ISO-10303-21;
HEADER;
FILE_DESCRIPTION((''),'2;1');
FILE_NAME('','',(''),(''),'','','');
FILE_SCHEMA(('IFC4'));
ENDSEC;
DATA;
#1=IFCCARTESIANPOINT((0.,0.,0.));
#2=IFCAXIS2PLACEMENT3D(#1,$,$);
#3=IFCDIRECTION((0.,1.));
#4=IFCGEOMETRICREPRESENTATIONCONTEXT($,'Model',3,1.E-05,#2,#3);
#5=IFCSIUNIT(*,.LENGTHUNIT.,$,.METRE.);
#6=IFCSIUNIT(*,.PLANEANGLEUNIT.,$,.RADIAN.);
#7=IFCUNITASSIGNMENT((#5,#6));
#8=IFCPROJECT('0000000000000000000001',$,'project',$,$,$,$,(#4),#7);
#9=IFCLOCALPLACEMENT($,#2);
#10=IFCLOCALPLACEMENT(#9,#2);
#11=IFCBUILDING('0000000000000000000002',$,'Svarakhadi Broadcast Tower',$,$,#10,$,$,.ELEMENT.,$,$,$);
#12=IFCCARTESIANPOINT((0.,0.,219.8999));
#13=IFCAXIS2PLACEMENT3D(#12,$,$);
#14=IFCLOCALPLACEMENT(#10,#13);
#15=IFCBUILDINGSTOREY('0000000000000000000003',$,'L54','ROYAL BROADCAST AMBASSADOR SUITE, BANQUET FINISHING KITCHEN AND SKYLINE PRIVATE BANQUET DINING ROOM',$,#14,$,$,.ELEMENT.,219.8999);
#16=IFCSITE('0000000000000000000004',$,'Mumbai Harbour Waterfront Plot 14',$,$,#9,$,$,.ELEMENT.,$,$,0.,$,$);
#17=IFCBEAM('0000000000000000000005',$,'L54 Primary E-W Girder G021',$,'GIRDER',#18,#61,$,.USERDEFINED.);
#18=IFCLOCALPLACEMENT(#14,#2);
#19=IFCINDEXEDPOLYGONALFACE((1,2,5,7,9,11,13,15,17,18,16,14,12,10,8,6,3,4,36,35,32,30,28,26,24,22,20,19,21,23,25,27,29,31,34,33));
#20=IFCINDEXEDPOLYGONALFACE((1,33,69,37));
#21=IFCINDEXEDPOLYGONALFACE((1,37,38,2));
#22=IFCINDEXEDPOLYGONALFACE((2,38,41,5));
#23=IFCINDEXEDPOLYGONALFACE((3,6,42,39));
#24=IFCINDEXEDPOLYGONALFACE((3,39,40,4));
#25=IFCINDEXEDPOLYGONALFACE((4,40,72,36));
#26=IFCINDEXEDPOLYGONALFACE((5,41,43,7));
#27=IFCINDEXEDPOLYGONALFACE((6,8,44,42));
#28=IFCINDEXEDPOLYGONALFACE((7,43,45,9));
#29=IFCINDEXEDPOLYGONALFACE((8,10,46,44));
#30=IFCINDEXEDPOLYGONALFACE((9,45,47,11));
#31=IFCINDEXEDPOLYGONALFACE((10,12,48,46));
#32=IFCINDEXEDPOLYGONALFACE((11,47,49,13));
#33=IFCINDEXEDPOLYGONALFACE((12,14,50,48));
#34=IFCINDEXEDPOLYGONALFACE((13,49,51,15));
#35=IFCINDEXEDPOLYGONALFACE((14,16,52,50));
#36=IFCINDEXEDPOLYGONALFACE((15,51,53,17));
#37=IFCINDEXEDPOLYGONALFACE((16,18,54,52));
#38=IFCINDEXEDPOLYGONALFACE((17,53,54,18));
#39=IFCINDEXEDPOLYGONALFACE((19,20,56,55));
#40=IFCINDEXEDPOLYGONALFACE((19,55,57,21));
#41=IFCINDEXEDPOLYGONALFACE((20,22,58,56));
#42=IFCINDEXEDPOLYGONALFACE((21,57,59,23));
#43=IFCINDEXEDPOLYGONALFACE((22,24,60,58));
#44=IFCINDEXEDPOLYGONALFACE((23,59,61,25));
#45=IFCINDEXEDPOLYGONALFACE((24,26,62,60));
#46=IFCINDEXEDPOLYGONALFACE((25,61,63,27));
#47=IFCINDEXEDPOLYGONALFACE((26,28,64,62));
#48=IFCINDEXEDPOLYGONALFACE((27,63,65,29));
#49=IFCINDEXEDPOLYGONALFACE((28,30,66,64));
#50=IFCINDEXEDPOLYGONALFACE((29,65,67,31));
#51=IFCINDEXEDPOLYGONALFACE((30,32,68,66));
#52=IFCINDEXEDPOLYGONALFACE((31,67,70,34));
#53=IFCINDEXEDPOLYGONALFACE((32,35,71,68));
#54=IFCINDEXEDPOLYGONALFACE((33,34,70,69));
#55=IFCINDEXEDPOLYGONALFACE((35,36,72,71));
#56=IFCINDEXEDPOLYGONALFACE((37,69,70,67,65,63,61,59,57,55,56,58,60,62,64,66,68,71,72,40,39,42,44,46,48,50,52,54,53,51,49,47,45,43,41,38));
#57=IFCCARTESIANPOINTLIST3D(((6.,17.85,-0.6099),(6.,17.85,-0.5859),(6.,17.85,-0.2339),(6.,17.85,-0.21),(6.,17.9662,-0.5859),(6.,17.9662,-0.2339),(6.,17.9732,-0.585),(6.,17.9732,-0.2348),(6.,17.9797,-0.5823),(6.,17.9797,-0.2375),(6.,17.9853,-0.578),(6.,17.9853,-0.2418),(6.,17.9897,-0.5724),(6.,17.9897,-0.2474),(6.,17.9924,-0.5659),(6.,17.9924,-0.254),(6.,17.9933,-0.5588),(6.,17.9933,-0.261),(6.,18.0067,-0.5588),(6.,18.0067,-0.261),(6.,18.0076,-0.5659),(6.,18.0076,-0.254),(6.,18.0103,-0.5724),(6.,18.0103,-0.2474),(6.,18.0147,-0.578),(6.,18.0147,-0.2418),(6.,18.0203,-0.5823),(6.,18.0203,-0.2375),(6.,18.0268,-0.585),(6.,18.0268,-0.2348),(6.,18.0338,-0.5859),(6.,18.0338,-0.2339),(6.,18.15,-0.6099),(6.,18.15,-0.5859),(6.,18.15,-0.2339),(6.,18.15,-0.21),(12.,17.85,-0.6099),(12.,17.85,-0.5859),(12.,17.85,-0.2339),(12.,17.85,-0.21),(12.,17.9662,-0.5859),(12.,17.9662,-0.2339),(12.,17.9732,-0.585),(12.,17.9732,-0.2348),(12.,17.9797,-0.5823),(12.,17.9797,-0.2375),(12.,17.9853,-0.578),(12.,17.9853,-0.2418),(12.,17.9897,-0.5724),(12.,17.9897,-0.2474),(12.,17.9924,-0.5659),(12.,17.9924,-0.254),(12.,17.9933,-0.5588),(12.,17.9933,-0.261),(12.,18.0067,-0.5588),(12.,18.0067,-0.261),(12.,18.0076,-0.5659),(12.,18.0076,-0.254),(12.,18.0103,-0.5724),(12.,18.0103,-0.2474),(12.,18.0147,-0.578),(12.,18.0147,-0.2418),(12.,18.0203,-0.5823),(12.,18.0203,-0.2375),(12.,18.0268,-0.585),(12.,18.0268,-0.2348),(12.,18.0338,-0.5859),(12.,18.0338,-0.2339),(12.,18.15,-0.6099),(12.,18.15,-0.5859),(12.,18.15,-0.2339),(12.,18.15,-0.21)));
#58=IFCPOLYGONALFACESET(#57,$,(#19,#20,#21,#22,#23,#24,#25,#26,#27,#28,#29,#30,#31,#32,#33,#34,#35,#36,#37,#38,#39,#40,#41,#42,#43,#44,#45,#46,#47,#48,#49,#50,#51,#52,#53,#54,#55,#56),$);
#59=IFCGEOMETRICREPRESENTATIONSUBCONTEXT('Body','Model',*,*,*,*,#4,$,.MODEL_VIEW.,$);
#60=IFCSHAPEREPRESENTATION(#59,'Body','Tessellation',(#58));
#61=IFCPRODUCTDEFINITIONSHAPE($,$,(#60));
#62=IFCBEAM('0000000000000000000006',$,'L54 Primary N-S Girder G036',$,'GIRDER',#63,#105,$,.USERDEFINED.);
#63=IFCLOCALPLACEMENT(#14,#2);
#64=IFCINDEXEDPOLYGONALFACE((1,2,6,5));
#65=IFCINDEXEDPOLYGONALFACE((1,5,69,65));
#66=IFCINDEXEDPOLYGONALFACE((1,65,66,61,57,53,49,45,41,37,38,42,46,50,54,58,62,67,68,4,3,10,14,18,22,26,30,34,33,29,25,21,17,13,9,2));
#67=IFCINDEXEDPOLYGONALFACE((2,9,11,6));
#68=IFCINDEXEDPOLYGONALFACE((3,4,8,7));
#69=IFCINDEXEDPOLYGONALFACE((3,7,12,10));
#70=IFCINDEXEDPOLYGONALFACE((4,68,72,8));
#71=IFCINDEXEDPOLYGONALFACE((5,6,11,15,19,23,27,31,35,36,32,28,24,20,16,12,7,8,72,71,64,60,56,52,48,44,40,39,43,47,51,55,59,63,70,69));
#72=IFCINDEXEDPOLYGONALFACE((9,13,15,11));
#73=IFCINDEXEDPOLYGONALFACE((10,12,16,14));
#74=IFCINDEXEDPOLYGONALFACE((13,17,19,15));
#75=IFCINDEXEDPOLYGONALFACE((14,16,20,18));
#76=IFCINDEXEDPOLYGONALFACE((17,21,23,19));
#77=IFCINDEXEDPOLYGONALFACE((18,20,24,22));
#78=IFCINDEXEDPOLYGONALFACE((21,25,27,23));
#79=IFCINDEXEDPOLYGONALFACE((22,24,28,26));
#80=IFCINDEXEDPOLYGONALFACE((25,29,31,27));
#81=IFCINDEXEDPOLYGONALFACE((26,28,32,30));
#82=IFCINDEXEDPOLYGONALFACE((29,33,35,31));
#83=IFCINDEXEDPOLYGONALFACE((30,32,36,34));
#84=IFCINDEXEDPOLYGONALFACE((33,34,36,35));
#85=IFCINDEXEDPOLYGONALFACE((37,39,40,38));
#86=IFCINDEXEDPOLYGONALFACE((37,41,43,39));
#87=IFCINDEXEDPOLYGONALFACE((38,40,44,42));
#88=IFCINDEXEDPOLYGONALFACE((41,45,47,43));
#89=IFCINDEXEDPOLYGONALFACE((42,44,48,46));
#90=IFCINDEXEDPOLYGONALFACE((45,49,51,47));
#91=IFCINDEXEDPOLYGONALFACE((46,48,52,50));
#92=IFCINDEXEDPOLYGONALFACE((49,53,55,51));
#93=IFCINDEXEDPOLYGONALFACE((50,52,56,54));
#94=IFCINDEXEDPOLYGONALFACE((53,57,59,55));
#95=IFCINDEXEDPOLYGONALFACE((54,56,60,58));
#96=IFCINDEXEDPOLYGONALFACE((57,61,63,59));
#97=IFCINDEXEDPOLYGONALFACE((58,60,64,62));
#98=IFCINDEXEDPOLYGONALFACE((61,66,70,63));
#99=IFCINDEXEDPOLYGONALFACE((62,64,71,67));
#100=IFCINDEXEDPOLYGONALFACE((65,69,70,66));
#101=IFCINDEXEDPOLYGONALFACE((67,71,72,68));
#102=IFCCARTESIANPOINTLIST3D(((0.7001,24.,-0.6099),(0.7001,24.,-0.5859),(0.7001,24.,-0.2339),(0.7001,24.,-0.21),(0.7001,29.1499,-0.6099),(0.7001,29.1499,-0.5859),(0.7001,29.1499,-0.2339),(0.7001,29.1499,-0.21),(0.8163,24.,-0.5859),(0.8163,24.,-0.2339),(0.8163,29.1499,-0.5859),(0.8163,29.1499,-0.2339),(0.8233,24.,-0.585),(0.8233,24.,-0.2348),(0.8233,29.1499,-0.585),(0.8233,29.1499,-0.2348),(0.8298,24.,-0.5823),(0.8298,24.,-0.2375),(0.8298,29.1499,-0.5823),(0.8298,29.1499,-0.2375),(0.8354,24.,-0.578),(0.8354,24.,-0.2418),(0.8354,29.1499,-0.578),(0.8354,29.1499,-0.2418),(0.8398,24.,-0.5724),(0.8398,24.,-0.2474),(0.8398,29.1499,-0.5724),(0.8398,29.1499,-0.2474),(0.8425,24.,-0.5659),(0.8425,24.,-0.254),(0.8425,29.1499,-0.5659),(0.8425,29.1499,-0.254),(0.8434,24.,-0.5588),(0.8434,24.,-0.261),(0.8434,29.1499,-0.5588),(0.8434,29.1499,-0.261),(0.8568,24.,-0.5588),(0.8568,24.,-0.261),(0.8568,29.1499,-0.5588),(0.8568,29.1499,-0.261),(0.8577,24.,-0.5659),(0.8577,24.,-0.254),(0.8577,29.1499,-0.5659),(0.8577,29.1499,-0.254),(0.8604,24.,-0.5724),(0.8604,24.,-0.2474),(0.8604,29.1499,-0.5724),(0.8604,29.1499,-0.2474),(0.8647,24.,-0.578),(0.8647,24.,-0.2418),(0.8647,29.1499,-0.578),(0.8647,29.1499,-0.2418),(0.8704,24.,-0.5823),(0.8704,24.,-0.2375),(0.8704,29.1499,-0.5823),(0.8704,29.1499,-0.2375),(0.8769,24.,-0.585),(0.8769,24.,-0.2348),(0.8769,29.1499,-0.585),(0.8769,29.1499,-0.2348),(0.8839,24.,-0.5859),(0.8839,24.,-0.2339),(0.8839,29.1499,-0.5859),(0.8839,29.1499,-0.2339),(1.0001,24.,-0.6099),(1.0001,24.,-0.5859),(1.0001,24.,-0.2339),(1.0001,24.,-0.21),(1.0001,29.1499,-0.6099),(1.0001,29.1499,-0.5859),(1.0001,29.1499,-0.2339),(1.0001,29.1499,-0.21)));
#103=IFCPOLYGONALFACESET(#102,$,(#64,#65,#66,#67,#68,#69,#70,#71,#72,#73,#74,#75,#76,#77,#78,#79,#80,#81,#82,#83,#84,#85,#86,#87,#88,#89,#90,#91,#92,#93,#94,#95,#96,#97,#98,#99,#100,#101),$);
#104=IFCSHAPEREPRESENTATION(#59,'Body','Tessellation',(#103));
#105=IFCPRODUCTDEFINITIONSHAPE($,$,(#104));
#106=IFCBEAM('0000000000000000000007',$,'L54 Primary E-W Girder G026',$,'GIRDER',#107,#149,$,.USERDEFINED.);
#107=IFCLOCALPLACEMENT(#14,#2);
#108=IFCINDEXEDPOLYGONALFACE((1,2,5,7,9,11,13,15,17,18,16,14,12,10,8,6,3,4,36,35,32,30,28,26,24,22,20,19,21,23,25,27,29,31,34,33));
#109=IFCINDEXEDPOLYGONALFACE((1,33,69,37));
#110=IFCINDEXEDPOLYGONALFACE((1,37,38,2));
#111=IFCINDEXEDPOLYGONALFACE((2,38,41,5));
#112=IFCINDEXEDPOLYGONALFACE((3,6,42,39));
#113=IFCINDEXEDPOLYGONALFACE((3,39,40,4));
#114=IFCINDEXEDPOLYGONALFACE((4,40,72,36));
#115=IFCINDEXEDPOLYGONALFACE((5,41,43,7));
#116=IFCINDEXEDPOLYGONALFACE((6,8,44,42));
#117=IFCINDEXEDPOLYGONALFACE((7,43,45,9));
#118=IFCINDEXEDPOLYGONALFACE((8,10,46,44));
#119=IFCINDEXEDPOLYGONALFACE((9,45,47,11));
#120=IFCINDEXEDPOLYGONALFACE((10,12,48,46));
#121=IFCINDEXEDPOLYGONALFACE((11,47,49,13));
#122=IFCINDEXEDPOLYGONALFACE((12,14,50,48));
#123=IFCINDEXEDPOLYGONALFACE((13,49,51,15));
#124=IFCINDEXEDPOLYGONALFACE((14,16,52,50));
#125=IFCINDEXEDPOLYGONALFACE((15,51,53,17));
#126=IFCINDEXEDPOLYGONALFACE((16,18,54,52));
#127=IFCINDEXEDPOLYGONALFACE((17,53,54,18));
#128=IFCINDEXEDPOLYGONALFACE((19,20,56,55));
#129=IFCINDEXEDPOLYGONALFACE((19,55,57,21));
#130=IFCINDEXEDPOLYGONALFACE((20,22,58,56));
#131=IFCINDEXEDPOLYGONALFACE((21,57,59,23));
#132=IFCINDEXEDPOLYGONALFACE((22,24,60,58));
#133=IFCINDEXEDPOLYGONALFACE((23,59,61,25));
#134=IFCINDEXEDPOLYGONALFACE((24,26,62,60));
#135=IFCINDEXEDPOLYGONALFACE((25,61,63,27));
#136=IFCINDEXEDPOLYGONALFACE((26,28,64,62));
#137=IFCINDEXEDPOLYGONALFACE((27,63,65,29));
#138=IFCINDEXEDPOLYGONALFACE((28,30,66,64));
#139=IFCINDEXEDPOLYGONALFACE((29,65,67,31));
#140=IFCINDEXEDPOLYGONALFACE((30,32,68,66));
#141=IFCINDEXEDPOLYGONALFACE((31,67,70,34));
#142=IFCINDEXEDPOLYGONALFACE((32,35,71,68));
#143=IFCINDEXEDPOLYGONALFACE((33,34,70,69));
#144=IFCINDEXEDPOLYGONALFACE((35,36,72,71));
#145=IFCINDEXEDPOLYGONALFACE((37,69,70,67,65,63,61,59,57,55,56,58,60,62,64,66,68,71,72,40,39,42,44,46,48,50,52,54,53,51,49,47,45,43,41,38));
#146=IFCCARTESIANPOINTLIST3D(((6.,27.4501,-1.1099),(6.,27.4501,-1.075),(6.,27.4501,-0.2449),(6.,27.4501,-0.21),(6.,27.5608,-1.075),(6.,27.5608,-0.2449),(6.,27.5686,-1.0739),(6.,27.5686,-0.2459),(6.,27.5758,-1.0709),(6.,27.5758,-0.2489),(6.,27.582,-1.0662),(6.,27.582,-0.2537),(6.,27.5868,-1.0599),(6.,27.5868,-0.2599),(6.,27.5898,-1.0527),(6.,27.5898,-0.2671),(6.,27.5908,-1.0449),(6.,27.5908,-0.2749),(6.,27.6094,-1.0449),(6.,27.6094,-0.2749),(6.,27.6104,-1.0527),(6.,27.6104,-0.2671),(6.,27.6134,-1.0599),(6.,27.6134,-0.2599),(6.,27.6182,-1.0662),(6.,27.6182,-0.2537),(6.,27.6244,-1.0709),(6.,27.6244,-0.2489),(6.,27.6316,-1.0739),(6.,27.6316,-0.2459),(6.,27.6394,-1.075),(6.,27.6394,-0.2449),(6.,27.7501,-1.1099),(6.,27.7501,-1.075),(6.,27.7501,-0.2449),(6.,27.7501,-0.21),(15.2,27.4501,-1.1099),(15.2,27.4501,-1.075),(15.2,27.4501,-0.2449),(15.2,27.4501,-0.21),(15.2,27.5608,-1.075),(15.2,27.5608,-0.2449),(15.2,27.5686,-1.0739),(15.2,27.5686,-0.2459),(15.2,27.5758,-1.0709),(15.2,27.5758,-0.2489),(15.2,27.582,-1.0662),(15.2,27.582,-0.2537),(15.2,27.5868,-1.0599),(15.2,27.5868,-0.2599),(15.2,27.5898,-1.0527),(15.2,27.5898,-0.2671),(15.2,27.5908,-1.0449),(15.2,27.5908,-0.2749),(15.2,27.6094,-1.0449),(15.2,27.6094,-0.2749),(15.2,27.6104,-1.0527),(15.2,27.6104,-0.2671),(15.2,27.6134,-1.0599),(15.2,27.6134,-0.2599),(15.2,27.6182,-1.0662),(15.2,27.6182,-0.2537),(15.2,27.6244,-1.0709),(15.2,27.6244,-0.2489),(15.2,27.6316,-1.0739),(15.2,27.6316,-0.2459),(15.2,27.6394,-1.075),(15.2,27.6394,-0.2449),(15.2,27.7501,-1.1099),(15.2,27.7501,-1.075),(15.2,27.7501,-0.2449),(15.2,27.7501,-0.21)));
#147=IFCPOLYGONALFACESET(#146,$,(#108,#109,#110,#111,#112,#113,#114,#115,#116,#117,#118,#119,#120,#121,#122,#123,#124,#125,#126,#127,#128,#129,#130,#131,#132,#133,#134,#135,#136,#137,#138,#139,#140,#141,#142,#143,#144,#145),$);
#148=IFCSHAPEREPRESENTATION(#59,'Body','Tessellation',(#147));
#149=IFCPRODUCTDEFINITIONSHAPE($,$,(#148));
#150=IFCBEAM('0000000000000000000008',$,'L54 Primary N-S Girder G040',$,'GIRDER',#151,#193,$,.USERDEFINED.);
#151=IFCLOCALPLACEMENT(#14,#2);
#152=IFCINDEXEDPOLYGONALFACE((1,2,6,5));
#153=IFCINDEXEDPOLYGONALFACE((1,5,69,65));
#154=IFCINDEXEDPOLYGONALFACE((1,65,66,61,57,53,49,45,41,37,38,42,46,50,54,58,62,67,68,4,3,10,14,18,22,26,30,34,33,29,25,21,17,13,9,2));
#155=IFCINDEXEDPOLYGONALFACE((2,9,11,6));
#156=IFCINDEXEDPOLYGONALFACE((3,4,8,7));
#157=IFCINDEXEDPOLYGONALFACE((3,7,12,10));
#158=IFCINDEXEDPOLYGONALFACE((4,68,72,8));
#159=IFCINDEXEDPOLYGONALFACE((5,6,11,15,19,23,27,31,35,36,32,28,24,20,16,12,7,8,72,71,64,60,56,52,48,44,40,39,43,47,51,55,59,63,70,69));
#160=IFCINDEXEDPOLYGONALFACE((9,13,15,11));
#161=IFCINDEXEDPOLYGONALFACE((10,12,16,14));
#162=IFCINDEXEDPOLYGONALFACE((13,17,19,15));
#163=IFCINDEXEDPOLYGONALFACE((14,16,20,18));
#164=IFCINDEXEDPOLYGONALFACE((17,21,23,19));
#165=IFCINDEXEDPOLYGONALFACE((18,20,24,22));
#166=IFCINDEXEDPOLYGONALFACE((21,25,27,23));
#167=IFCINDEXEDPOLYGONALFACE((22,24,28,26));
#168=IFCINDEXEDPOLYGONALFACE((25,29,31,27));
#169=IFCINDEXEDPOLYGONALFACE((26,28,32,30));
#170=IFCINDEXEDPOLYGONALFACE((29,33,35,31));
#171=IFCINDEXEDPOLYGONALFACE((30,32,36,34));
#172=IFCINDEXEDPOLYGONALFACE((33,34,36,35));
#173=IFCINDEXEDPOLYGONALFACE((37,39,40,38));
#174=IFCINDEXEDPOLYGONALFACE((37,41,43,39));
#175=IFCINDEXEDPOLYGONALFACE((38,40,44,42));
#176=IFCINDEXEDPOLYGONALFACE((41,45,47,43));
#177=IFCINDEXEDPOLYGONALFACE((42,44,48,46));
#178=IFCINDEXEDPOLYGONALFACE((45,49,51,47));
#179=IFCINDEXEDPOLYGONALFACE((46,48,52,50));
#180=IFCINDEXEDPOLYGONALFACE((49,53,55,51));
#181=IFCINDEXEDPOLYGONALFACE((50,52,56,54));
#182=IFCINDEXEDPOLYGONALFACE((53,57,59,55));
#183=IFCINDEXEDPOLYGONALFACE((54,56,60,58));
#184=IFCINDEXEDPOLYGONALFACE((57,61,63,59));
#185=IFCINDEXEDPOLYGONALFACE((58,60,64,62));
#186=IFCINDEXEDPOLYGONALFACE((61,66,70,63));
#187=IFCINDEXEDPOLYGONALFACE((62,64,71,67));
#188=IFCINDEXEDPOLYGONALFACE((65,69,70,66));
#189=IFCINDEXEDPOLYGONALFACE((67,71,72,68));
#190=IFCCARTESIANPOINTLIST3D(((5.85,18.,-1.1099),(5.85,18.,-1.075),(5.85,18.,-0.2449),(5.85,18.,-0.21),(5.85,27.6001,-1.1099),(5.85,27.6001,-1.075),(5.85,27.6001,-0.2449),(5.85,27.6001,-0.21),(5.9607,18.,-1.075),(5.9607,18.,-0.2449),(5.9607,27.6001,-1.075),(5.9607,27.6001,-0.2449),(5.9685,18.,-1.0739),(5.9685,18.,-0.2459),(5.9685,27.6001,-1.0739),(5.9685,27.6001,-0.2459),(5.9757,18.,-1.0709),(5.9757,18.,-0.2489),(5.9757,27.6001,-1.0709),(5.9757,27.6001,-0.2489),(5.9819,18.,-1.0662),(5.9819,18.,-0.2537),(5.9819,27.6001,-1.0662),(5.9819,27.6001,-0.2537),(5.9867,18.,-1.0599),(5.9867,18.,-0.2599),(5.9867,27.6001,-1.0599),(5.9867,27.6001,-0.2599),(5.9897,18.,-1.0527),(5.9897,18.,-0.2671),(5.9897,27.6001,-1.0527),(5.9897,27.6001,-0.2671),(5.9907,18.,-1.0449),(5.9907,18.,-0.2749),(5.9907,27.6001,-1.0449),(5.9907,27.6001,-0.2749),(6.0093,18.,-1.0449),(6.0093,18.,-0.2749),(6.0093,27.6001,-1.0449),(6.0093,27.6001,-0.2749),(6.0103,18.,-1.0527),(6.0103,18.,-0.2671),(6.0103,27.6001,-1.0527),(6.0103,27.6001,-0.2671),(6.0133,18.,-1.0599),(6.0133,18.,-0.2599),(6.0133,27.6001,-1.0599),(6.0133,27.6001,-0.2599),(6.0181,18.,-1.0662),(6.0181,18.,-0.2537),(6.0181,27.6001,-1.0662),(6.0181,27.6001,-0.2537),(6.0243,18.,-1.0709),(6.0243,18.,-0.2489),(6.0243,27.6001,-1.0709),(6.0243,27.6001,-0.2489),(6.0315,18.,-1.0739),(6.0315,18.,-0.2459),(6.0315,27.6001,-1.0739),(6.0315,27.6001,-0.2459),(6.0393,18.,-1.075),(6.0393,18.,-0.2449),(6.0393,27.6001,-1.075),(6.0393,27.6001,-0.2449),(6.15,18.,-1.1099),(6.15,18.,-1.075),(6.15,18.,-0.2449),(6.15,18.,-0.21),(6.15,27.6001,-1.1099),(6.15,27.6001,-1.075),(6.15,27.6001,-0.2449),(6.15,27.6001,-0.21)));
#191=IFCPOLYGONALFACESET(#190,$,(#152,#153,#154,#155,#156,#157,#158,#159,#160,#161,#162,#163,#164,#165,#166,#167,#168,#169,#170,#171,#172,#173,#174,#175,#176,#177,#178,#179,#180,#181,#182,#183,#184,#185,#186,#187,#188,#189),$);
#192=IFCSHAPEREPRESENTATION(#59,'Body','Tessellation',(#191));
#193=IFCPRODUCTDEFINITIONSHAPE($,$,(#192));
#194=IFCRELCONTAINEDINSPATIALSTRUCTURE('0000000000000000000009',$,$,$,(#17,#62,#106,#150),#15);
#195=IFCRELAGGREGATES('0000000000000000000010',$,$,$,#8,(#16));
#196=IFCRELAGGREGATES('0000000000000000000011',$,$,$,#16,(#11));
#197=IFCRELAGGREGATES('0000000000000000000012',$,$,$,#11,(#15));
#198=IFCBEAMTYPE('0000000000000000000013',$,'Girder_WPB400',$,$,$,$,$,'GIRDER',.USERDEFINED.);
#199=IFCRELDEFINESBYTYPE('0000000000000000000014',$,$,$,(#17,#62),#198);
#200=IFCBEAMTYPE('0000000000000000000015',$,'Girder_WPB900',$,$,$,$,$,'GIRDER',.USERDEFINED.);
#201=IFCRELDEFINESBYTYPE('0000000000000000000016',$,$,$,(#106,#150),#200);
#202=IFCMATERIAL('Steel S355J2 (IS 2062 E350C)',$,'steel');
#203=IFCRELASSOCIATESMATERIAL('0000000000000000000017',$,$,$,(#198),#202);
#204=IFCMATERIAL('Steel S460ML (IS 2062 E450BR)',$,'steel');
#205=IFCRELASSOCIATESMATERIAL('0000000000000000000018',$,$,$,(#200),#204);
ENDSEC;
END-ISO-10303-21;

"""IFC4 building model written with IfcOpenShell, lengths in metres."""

from ifc_helpers import new_model, si_unit, direction, frame, origin, origin_2d, place, context, subcontext, project, spatial, i_section, extrude, material, material_profile, profile_set, type_object, element, save


model = new_model("IFC4")

# Units and contexts
model_context = context("Model", 3, precision=1e-05, world=origin(), true_north=direction((0.0, 1.0)))
body_context = subcontext(model_context, "Body", "Model", "MODEL_VIEW")
ifc_project = project(units=[si_unit("LENGTHUNIT", "METRE"), si_unit("PLANEANGLEUNIT", "RADIAN")], contexts=[model_context])

# Site, building, storey
site_placement = place(None, origin())
site = spatial("IfcSite", under=ifc_project, at=site_placement, Name="Mumbai Harbour Waterfront Plot 14", CompositionType="ELEMENT", RefElevation=0.0)
building_placement = place(site_placement, origin())
building = spatial("IfcBuilding", under=site, at=building_placement, Name="Svarakhadi Broadcast Tower", CompositionType="ELEMENT")
storey_placement = place(building_placement, frame((0.0, 0.0, 219.8999)))
storey = spatial("IfcBuildingStorey", under=building, at=storey_placement, Name="L54", Description="ROYAL BROADCAST AMBASSADOR SUITE, BANQUET FINISHING KITCHEN AND SKYLINE PRIVATE BANQUET DINING ROOM", CompositionType="ELEMENT", Elevation=219.8999)

# Shared definitions
ifc_material_1 = material(Name="Steel S460ML (IS 2062 E450BR)", Category="steel")

# Shared definitions
ifc_material_2 = material(Name="Steel S355J2 (IS 2062 E350C)", Category="steel")

# Beams
ifc_material_profile_1 = material_profile(ifc_material_2, i_section(OverallWidth=0.3, OverallDepth=0.3999, WebThickness=0.0134, FlangeThickness=0.0239, FilletRadius=0.0271, at=origin_2d()), Name="WPB 400x300x155")
ifc_profile_set_1 = profile_set([ifc_material_profile_1], Name="Steel S355J2 (IS 2062 E350C)")
beam_type_1 = type_object("IfcBeamType", Name="Girder_WPB400", ElementType="GIRDER", PredefinedType="USERDEFINED", material=ifc_profile_set_1)
beam_1_placement = place(storey_placement, frame((6.0, 18.0, -0.4099), z_axis=(1.0, 0.0, 0.0), x_axis=(0.0, 1.0, 0.0)))
element("IfcBeam", 1, at=beam_1_placement, inside=storey, type_object=beam_type_1, Name="L54 Primary E-W Girder G021", ObjectType="GIRDER", PredefinedType="USERDEFINED", context=body_context, shape_type="SweptSolid", body=[
    extrude(i_section(OverallWidth=0.3, OverallDepth=0.3999, WebThickness=0.0134, FlangeThickness=0.0239, FilletRadius=0.0271, at=origin_2d()), origin(), (0.0, 0.0, 1.0), 6.0),
])
beam_2_placement = place(storey_placement, frame((0.8501, 24.0, -0.4099), z_axis=(0.0, 1.0, 0.0), x_axis=(-1.0, 0.0, 0.0)))
element("IfcBeam", 2, at=beam_2_placement, inside=storey, type_object=beam_type_1, Name="L54 Primary N-S Girder G036", ObjectType="GIRDER", PredefinedType="USERDEFINED", context=body_context, shape_type="SweptSolid", body=[
    extrude(i_section(OverallWidth=0.3, OverallDepth=0.3999, WebThickness=0.0134, FlangeThickness=0.0239, FilletRadius=0.0271, at=origin_2d()), origin(), (0.0, 0.0, 1.0), 5.1499),
])
ifc_material_profile_2 = material_profile(ifc_material_1, i_section(OverallWidth=0.3, OverallDepth=0.8999, WebThickness=0.0186, FlangeThickness=0.0349, FilletRadius=0.03, at=origin_2d()), Name="WPB 900x300x291")
ifc_profile_set_2 = profile_set([ifc_material_profile_2], Name="Steel S460ML (IS 2062 E450BR)")
beam_type_2 = type_object("IfcBeamType", Name="Girder_WPB900", ElementType="GIRDER", PredefinedType="USERDEFINED", material=ifc_profile_set_2)
beam_3_placement = place(storey_placement, frame((6.0, 27.6001, -0.6599), z_axis=(1.0, 0.0, 0.0), x_axis=(0.0, 1.0, 0.0)))
element("IfcBeam", 3, at=beam_3_placement, inside=storey, type_object=beam_type_2, Name="L54 Primary E-W Girder G026", ObjectType="GIRDER", PredefinedType="USERDEFINED", context=body_context, shape_type="SweptSolid", body=[
    extrude(i_section(OverallWidth=0.3, OverallDepth=0.8999, WebThickness=0.0186, FlangeThickness=0.0349, FilletRadius=0.03, at=origin_2d()), origin(), (0.0, 0.0, 1.0), 9.2),
])
beam_4_placement = place(storey_placement, frame((6.0, 18.0, -0.6599), z_axis=(0.0, 1.0, 0.0), x_axis=(-1.0, 0.0, 0.0)))
element("IfcBeam", 4, at=beam_4_placement, inside=storey, type_object=beam_type_2, Name="L54 Primary N-S Girder G040", ObjectType="GIRDER", PredefinedType="USERDEFINED", context=body_context, shape_type="SweptSolid", body=[
    extrude(i_section(OverallWidth=0.3, OverallDepth=0.8999, WebThickness=0.0186, FlangeThickness=0.0349, FilletRadius=0.03, at=origin_2d()), origin(), (0.0, 0.0, 1.0), 9.6001),
])

save(model, "model.ifc")
